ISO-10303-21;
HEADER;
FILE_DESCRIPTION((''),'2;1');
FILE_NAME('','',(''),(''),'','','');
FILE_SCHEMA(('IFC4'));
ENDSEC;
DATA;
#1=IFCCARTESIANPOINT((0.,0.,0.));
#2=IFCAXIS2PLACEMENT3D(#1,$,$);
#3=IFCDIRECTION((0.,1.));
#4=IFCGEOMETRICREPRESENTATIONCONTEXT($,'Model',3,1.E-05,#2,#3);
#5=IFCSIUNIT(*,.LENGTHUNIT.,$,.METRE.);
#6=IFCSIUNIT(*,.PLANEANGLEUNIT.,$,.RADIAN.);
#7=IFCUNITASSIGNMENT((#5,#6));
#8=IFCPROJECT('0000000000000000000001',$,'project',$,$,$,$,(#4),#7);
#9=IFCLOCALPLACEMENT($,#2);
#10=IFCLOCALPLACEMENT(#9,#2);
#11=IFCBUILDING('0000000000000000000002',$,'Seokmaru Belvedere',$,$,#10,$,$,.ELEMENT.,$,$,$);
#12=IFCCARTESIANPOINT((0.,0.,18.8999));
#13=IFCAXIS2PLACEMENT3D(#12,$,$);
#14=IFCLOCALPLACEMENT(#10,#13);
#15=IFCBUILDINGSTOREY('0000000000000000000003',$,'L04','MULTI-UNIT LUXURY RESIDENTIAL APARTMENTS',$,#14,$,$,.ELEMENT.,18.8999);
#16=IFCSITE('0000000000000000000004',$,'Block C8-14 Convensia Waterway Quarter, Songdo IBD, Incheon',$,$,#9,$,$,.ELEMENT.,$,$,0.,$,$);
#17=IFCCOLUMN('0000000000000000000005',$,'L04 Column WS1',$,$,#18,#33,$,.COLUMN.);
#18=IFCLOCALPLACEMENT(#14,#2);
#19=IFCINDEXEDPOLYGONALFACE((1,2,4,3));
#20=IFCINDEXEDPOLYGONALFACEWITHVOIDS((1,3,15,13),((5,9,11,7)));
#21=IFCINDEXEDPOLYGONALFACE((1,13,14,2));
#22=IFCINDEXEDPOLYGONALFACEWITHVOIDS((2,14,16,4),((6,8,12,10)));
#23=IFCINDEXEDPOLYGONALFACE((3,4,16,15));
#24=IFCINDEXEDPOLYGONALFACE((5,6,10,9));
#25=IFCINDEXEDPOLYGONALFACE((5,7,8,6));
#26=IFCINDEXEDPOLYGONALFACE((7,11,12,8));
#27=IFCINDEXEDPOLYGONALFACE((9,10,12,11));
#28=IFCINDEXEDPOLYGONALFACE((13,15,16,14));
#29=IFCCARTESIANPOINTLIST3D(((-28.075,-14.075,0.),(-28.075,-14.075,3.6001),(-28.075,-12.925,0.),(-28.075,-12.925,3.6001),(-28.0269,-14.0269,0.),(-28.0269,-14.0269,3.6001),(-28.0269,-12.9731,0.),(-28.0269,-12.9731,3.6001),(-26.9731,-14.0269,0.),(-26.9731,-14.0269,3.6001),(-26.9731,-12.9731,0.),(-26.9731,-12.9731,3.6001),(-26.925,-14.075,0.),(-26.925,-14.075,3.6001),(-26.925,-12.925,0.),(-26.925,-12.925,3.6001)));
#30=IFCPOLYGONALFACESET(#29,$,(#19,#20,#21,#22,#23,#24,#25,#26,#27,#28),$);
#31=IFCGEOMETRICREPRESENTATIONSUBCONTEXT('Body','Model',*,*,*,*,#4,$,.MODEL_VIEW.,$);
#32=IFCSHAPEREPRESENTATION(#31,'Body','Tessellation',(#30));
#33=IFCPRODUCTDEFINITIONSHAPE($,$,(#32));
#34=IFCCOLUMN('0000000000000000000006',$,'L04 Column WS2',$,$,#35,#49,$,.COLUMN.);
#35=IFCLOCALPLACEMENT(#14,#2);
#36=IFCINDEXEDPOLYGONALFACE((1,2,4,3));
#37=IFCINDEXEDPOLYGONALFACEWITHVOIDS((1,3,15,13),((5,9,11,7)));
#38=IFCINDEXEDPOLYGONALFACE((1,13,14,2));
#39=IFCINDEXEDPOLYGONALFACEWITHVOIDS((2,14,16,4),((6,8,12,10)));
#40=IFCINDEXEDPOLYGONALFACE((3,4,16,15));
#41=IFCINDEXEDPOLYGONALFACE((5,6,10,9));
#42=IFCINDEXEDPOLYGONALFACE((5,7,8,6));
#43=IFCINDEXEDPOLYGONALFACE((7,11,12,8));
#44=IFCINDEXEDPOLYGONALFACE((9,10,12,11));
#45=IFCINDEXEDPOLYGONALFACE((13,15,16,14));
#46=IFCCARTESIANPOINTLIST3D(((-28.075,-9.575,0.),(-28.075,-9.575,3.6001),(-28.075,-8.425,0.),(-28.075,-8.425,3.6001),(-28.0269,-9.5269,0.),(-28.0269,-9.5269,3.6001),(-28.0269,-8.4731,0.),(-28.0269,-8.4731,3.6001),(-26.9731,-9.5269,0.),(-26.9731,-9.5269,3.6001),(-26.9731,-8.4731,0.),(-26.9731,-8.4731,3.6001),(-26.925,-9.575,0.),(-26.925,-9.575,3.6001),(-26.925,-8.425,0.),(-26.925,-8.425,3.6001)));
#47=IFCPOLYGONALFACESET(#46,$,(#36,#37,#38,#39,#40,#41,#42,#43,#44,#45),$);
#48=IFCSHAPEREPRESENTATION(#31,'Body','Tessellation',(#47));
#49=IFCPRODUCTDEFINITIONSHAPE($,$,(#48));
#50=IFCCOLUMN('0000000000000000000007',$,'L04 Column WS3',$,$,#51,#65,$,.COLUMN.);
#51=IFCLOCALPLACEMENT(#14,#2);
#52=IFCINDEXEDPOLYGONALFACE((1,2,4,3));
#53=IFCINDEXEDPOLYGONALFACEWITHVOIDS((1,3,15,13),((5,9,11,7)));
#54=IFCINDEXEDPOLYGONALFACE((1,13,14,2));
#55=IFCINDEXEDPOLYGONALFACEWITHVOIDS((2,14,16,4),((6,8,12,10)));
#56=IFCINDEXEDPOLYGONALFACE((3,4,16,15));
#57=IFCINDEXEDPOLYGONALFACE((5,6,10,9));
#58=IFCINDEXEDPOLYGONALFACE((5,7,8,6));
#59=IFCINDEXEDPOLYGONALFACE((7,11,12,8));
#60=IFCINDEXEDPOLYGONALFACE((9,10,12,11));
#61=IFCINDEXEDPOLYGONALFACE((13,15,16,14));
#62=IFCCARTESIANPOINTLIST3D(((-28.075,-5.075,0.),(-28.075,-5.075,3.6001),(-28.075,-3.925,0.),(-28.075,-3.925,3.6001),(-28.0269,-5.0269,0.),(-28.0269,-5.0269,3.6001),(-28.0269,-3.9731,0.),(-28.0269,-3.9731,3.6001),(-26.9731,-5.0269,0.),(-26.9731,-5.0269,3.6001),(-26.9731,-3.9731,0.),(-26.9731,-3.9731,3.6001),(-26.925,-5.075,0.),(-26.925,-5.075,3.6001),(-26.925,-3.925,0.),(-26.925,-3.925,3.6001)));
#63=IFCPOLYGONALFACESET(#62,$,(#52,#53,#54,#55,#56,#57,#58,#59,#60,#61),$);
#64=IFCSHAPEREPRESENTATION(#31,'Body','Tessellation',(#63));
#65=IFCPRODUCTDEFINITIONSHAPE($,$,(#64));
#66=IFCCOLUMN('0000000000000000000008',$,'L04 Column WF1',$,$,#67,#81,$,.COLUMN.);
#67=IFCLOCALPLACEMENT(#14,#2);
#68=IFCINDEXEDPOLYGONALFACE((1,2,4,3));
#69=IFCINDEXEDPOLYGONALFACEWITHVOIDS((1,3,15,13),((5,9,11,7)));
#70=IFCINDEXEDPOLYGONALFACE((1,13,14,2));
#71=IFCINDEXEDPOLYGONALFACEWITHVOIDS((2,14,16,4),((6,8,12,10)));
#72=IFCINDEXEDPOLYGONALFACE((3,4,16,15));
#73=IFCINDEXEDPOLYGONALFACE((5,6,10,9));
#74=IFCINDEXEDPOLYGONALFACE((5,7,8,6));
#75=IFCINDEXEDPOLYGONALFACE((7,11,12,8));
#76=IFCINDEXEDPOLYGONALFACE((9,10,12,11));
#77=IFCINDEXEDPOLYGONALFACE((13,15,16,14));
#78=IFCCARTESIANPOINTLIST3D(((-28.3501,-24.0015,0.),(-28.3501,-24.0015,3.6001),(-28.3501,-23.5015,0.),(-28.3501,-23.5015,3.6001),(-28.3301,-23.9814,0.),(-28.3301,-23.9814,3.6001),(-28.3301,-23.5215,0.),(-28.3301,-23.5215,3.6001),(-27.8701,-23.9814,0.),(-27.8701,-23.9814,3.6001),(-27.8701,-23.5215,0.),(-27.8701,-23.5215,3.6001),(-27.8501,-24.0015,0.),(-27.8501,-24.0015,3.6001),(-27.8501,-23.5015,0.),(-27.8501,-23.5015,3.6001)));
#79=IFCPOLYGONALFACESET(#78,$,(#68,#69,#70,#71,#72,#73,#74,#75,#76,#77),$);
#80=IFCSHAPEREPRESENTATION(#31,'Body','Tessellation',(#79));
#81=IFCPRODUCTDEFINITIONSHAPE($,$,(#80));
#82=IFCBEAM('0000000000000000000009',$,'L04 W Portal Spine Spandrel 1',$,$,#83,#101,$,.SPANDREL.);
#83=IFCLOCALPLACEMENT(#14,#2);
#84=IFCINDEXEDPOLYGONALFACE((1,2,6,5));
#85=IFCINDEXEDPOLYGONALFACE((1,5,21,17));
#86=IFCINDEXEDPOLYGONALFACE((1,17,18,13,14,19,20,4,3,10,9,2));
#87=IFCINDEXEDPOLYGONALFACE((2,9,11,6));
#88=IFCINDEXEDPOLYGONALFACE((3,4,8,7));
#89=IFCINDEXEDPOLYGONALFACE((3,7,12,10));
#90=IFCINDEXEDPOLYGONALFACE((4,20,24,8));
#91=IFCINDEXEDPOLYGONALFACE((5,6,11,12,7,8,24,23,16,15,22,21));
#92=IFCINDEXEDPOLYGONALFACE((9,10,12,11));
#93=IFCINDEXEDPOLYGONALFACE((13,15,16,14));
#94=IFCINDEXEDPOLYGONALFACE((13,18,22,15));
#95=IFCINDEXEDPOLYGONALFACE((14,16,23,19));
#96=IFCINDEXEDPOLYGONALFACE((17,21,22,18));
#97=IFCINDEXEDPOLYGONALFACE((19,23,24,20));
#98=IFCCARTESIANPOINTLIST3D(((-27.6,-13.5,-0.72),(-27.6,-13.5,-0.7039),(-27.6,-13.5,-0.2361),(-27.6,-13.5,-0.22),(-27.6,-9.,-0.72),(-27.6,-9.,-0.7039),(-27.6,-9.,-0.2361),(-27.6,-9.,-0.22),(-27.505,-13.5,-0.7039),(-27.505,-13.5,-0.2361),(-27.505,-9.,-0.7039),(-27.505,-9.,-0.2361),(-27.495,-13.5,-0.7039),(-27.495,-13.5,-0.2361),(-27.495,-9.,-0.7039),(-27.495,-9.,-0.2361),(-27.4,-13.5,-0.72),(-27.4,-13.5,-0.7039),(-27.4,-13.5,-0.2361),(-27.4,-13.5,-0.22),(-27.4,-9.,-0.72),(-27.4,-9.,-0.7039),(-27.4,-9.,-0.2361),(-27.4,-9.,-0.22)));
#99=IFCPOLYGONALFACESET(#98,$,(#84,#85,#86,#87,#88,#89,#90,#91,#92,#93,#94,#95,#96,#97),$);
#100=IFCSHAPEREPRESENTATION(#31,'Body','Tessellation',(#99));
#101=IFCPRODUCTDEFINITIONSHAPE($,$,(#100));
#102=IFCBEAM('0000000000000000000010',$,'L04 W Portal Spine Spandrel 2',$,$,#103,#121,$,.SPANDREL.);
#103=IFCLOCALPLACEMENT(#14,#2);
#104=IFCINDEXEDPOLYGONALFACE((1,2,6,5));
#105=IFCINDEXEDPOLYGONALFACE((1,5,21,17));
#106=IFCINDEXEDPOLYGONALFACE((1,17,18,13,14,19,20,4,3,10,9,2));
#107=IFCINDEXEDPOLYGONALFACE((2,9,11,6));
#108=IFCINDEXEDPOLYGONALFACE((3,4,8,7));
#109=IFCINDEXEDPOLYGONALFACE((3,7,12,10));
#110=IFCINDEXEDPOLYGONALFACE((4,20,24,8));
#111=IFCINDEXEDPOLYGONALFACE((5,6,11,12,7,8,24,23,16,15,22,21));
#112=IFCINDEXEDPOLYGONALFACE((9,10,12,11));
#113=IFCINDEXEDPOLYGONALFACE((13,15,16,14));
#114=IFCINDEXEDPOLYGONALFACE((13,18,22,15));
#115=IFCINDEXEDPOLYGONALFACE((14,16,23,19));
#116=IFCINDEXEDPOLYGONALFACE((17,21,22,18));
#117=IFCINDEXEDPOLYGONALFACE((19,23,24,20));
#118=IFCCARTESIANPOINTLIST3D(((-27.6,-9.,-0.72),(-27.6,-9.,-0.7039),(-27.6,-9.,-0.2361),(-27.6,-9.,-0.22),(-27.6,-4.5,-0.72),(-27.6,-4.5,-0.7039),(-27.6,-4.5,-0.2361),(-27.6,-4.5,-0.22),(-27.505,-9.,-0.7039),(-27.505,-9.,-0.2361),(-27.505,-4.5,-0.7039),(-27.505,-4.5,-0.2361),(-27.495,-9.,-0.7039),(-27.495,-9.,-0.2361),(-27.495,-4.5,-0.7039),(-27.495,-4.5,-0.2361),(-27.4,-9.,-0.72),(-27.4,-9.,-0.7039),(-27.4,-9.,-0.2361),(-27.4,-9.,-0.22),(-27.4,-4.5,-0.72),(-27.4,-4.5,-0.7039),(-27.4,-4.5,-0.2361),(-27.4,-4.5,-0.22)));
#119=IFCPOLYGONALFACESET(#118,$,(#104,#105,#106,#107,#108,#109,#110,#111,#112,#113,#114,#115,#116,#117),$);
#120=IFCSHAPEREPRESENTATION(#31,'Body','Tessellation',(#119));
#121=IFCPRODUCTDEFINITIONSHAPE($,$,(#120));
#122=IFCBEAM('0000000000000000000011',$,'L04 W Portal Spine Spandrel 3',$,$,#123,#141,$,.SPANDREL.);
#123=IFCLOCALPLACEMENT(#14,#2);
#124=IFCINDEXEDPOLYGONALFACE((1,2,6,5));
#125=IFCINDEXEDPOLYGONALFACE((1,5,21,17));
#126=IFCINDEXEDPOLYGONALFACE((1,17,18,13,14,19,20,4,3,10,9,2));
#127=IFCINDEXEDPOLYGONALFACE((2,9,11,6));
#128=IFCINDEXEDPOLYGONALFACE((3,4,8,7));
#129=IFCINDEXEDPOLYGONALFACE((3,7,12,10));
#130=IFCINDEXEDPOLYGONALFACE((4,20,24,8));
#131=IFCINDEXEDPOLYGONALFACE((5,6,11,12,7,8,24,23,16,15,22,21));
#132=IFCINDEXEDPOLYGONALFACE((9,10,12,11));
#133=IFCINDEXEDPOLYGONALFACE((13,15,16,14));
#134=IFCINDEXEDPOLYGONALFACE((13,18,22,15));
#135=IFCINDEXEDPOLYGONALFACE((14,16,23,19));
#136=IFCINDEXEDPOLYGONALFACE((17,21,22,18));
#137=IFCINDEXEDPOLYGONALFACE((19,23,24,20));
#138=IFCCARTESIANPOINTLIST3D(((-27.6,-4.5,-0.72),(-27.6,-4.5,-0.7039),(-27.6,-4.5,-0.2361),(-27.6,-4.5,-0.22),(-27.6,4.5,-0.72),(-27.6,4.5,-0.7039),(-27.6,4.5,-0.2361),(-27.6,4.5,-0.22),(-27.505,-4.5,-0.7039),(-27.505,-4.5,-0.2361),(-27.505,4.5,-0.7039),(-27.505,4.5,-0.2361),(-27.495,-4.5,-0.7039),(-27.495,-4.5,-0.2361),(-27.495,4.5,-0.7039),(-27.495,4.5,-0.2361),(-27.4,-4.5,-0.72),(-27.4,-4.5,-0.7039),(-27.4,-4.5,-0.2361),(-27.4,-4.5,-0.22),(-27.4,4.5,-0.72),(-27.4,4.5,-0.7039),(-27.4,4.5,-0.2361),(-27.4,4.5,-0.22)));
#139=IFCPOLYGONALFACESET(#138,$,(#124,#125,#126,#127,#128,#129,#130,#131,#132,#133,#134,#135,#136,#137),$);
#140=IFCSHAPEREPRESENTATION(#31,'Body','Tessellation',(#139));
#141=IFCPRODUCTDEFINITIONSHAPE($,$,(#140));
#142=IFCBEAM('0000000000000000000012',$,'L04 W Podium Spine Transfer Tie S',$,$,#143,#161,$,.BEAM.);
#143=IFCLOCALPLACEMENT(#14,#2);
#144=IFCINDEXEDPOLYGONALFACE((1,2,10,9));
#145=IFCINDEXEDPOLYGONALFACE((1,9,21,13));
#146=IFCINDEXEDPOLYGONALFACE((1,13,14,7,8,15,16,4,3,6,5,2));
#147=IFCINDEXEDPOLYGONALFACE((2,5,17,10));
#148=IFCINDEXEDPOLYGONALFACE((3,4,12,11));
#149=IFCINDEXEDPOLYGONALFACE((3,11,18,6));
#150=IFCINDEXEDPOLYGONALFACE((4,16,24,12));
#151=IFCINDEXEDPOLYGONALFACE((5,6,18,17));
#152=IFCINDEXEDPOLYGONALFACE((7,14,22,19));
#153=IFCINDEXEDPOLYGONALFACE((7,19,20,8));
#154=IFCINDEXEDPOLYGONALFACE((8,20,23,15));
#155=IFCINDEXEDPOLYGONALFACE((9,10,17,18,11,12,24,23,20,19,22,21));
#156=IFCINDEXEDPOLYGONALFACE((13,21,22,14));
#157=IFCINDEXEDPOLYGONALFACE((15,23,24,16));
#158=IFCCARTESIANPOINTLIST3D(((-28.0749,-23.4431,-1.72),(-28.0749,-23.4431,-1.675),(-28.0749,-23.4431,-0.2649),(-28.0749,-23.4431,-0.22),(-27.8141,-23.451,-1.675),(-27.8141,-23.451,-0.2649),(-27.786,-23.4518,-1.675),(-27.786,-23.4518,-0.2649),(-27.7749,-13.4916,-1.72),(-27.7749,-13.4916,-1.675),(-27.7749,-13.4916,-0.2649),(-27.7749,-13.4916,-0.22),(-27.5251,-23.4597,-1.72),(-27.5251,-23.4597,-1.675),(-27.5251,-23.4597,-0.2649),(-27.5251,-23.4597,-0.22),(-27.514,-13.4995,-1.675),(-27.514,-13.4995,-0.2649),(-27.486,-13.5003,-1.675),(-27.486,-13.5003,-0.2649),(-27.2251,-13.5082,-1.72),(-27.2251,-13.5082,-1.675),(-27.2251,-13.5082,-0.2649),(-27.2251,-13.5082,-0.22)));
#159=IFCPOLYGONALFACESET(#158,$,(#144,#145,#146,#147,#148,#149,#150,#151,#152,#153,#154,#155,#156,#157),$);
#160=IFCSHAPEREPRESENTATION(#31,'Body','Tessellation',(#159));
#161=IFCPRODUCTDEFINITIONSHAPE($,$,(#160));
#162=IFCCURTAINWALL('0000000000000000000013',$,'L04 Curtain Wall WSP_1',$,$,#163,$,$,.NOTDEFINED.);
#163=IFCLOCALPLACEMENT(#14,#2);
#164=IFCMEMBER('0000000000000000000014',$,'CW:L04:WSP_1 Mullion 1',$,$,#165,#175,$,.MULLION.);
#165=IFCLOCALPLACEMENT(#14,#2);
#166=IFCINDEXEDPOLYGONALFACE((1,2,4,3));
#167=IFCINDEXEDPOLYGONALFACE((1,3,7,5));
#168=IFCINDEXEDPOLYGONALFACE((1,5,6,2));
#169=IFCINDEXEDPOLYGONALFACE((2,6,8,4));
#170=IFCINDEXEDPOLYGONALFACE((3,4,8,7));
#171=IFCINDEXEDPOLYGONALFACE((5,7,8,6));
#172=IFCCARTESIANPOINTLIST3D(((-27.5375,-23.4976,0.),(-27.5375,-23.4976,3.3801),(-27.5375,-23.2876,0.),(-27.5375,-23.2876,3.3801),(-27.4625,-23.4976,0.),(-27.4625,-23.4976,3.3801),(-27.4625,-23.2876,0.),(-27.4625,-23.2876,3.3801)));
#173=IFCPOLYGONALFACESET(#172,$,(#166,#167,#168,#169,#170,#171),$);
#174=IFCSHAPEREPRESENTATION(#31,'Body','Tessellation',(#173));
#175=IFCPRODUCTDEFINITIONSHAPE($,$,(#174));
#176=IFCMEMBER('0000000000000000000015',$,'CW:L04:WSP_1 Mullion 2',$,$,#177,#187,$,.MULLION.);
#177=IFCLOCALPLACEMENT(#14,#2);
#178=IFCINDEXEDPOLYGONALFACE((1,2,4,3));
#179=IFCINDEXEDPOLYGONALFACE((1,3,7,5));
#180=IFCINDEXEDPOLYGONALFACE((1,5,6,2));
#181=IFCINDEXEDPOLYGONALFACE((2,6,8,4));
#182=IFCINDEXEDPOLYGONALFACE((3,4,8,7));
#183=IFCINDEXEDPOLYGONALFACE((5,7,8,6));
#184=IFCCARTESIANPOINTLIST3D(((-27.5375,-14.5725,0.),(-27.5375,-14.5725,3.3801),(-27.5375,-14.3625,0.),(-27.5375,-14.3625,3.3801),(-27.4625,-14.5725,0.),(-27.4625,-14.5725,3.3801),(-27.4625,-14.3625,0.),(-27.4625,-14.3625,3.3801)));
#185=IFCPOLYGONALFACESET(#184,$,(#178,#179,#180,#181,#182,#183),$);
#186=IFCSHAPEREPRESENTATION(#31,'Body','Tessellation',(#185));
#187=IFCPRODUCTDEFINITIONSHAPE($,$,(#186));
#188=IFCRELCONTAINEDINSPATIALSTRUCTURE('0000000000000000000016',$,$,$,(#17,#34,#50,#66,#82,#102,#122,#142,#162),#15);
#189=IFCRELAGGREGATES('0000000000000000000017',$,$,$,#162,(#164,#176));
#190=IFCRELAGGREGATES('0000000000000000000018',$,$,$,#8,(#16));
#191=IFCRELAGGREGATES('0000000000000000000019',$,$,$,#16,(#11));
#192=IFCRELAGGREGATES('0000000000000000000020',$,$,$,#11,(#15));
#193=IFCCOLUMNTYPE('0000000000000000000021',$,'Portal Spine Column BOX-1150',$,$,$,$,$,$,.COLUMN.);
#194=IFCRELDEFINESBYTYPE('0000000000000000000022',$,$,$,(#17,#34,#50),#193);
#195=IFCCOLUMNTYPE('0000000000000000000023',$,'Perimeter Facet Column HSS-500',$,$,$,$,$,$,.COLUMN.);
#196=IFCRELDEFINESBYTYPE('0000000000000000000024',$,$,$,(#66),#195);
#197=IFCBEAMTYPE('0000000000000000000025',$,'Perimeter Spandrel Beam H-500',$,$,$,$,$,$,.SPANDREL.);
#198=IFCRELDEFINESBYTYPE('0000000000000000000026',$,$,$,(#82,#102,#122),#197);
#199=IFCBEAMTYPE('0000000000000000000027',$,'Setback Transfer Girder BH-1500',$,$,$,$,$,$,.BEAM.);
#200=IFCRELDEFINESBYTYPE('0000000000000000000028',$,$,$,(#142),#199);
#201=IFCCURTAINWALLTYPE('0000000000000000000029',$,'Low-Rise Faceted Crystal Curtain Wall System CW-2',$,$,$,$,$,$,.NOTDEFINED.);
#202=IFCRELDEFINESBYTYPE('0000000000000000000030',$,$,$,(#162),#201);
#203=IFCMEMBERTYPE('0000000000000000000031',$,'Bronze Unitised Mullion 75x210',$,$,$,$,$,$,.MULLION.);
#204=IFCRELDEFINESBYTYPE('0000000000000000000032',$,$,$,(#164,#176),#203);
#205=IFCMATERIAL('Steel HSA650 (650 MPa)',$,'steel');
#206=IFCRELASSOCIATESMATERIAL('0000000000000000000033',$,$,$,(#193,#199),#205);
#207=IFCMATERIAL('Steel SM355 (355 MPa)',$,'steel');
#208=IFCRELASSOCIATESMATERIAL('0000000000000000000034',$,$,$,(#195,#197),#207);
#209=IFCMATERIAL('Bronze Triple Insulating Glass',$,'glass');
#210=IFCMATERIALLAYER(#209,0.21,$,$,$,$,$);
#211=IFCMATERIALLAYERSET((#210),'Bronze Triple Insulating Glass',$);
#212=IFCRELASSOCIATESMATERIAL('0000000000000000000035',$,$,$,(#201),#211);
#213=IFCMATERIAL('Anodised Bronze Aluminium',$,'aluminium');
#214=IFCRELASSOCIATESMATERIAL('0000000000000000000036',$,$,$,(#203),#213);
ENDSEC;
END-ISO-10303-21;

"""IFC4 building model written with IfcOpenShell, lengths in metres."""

from ifc_helpers import new_model, si_unit, direction, frame, origin, origin_2d, place, context, subcontext, project, spatial, rectangle, hollow_rectangle, i_section, extrude, source, transform, mapped, material, layer, layer_set, material_profile, profile_set, type_object, type_shapes, element, aggregate, save


model = new_model("IFC4")

# Units and contexts
model_context = context("Model", 3, precision=1e-05, world=origin(), true_north=direction((0.0, 1.0)))
body_context = subcontext(model_context, "Body", "Model", "MODEL_VIEW")
ifc_project = project(units=[si_unit("LENGTHUNIT", "METRE"), si_unit("PLANEANGLEUNIT", "RADIAN")], contexts=[model_context])

# Site, building, storey
site_placement = place(None, origin())
site = spatial("IfcSite", under=ifc_project, at=site_placement, Name="Block C8-14 Convensia Waterway Quarter, Songdo IBD, Incheon", CompositionType="ELEMENT", RefElevation=0.0)
building_placement = place(site_placement, origin())
building = spatial("IfcBuilding", under=site, at=building_placement, Name="Seokmaru Belvedere", CompositionType="ELEMENT")
storey_placement = place(building_placement, frame((0.0, 0.0, 18.8999)))
storey = spatial("IfcBuildingStorey", under=building, at=storey_placement, Name="L04", Description="MULTI-UNIT LUXURY RESIDENTIAL APARTMENTS", CompositionType="ELEMENT", Elevation=18.8999)

# Columns
ifc_material_1 = material(Name="Steel HSA650 (650 MPa)", Category="steel")
ifc_material_profile_1 = material_profile(ifc_material_1, hollow_rectangle(XDim=1.1499, YDim=1.1499, WallThickness=0.0481, at=origin_2d()), Name="BOX-1150x1150x48")
ifc_profile_set_1 = profile_set([ifc_material_profile_1], Name="Steel HSA650 (650 MPa)")
column_type_1 = type_object("IfcColumnType", Name="Portal Spine Column BOX-1150", PredefinedType="COLUMN", material=ifc_profile_set_1)
shared_shape_1 = source(origin(), body_context, "Body", "SweptSolid", [
    extrude(hollow_rectangle(XDim=1.1499, YDim=1.1499, WallThickness=0.0481, at=origin_2d()), origin(), (0.0, 0.0, 1.0), 3.6001),
])
type_shapes(column_type_1, [shared_shape_1])
for number, where, z_axis, x_axis, name in (
    (1, (-27.5, -13.5, 0.0), (0.0, 0.0, 1.0), (1.0, 0.0, 0.0), "L04 Column WS1"),
    (2, (-27.5, -9.0, 0.0), (0.0, 0.0, 1.0), (1.0, 0.0, 0.0), "L04 Column WS2"),
    (3, (-27.5, -4.5, 0.0), (0.0, 0.0, 1.0), (1.0, 0.0, 0.0), "L04 Column WS3"),
):
    element("IfcColumn", number, at=place(storey_placement, frame(where, z_axis=z_axis, x_axis=x_axis)), inside=storey, type_object=column_type_1, Name=name, PredefinedType="COLUMN", context=body_context, shape_type="MappedRepresentation", body=[
        mapped(shared_shape_1, transform((0.0, 0.0, 0.0), scale=1.0)),
    ])
ifc_material_2 = material(Name="Steel SM355 (355 MPa)", Category="steel")
ifc_material_profile_2 = material_profile(ifc_material_2, hollow_rectangle(XDim=0.5, YDim=0.5, WallThickness=0.02, at=origin_2d()), Name="HSS-500x500x20")
ifc_profile_set_2 = profile_set([ifc_material_profile_2], Name="Steel SM355 (355 MPa)")
column_type_2 = type_object("IfcColumnType", Name="Perimeter Facet Column HSS-500", PredefinedType="COLUMN", material=ifc_profile_set_2)
shared_shape_2 = source(origin(), body_context, "Body", "SweptSolid", [
    extrude(hollow_rectangle(XDim=0.5, YDim=0.5, WallThickness=0.02, at=origin_2d()), origin(), (0.0, 0.0, 1.0), 3.6001),
])
type_shapes(column_type_2, [shared_shape_2])
column_placement = place(storey_placement, frame((-28.1001, -23.7515, 0.0), z_axis=(0.0, 0.0, 1.0), x_axis=(1.0, 0.0, 0.0)))
element("IfcColumn", 4, at=column_placement, inside=storey, type_object=column_type_2, Name="L04 Column WF1", PredefinedType="COLUMN", context=body_context, shape_type="MappedRepresentation", body=[
    mapped(shared_shape_2, transform((0.0, 0.0, 0.0), scale=1.0)),
])

# Beams
ifc_material_profile_3 = material_profile(ifc_material_2, i_section(OverallWidth=0.2, OverallDepth=0.5, WebThickness=0.01, FlangeThickness=0.0161, at=origin_2d()), Name="H-500x200x10x16")
ifc_profile_set_3 = profile_set([ifc_material_profile_3], Name="Steel SM355 (355 MPa)")
beam_type_1 = type_object("IfcBeamType", Name="Perimeter Spandrel Beam H-500", PredefinedType="SPANDREL", material=ifc_profile_set_3)
shared_shape_3 = source(origin(), body_context, "Body", "SweptSolid", [
    extrude(i_section(OverallWidth=0.2, OverallDepth=0.5, WebThickness=0.01, FlangeThickness=0.0161, at=origin_2d()), origin(), (0.0, 0.0, 1.0), 4.5),
])
for number, where, z_axis, x_axis, name in (
    (5, (-27.5, -13.5, -0.47), (0.0, 1.0, 0.0), (-1.0, 0.0, 0.0), "L04 W Portal Spine Spandrel 1"),
    (6, (-27.5, -9.0, -0.47), (0.0, 1.0, 0.0), (-1.0, 0.0, 0.0), "L04 W Portal Spine Spandrel 2"),
):
    element("IfcBeam", number, at=place(storey_placement, frame(where, z_axis=z_axis, x_axis=x_axis)), inside=storey, type_object=beam_type_1, Name=name, PredefinedType="SPANDREL", context=body_context, shape_type="MappedRepresentation", body=[
        mapped(shared_shape_3, transform((0.0, 0.0, 0.0), scale=1.0)),
    ])
shared_shape_4 = source(origin(), body_context, "Body", "SweptSolid", [
    extrude(i_section(OverallWidth=0.2, OverallDepth=0.5, WebThickness=0.01, FlangeThickness=0.0161, at=origin_2d()), origin(), (0.0, 0.0, 1.0), 9.0),
])
type_shapes(beam_type_1, [shared_shape_3, shared_shape_4])
beam_1_placement = place(storey_placement, frame((-27.5, -4.5, -0.47), z_axis=(0.0, 1.0, 0.0), x_axis=(-1.0, 0.0, 0.0)))
element("IfcBeam", 7, at=beam_1_placement, inside=storey, type_object=beam_type_1, Name="L04 W Portal Spine Spandrel 3", PredefinedType="SPANDREL", context=body_context, shape_type="MappedRepresentation", body=[
    mapped(shared_shape_4, transform((0.0, 0.0, 0.0), scale=1.0)),
])
ifc_material_profile_4 = material_profile(ifc_material_1, i_section(OverallWidth=0.55, OverallDepth=1.5, WebThickness=0.0281, FlangeThickness=0.0449, at=origin_2d()), Name="BH-1500x550x28x45")
ifc_profile_set_4 = profile_set([ifc_material_profile_4], Name="Steel HSA650 (650 MPa)")
beam_type_2 = type_object("IfcBeamType", Name="Setback Transfer Girder BH-1500", PredefinedType="BEAM", material=ifc_profile_set_4)
shared_shape_5 = source(origin(), body_context, "Body", "SweptSolid", [
    extrude(i_section(OverallWidth=0.55, OverallDepth=1.5, WebThickness=0.0281, FlangeThickness=0.0449, at=origin_2d()), origin(), (0.0, 0.0, 1.0), 9.9561),
])
type_shapes(beam_type_2, [shared_shape_5])
beam_2_placement = place(storey_placement, frame((-27.8, -23.4514, -0.97), z_axis=(0.030138, 0.999546, 0.0), x_axis=(-0.999546, 0.030138, 0.0)))
element("IfcBeam", 8, at=beam_2_placement, inside=storey, type_object=beam_type_2, Name="L04 W Podium Spine Transfer Tie S", PredefinedType="BEAM", context=body_context, shape_type="MappedRepresentation", body=[
    mapped(shared_shape_5, transform((0.0, 0.0, 0.0), scale=1.0)),
])

# Curtain wall, members
ifc_material_3 = material(Name="Bronze Triple Insulating Glass", Category="glass")
ifc_layer_1 = layer(ifc_material_3, 0.21)
ifc_layer_set_1 = layer_set([ifc_layer_1], Name="Bronze Triple Insulating Glass")
curtain_wall_type = type_object("IfcCurtainWallType", Name="Low-Rise Faceted Crystal Curtain Wall System CW-2", PredefinedType="NOTDEFINED", material=ifc_layer_set_1)
curtain_wall_1_placement = place(storey_placement, origin())
curtain_wall_1 = element("IfcCurtainWall", 9, at=curtain_wall_1_placement, inside=storey, type_object=curtain_wall_type, Name="L04 Curtain Wall WSP_1", PredefinedType="NOTDEFINED")
ifc_material_4 = material(Name="Anodised Bronze Aluminium", Category="aluminium")
ifc_material_profile_5 = material_profile(ifc_material_4, rectangle(XDim=0.075, YDim=0.21, at=origin_2d()), Name="CW-M-75x210")
ifc_profile_set_5 = profile_set([ifc_material_profile_5], Name="Anodised Bronze Aluminium")
member_type_1 = type_object("IfcMemberType", Name="Bronze Unitised Mullion 75x210", PredefinedType="MULLION", material=ifc_profile_set_5)
shared_shape_6 = source(origin(), body_context, "Body", "SweptSolid", [
    extrude(rectangle(XDim=0.075, YDim=0.21, at=origin_2d()), origin(), (0.0, 0.0, 1.0), 3.3801),
])
type_shapes(member_type_1, [shared_shape_6])
member_1_placement = place(storey_placement, frame((-27.5, -23.3926, 0.0), z_axis=(0.0, 0.0, 1.0), x_axis=(-1.0, 0.0, 0.0)))
member_1 = element("IfcMember", 10, at=member_1_placement, type_object=member_type_1, Name="CW:L04:WSP_1 Mullion 1", PredefinedType="MULLION", context=body_context, shape_type="MappedRepresentation", body=[
    mapped(shared_shape_6, transform((0.0, 0.0, 0.0), scale=1.0)),
])
member_2_placement = place(storey_placement, frame((-27.5, -14.4675, 0.0), z_axis=(0.0, 0.0, 1.0), x_axis=(-1.0, 0.0, 0.0)))
member_2 = element("IfcMember", 11, at=member_2_placement, type_object=member_type_1, Name="CW:L04:WSP_1 Mullion 2", PredefinedType="MULLION", context=body_context, shape_type="MappedRepresentation", body=[
    mapped(shared_shape_6, transform((0.0, 0.0, 0.0), scale=1.0)),
])

aggregate(curtain_wall_1, [member_1, member_2])

save(model, "model.ifc")
